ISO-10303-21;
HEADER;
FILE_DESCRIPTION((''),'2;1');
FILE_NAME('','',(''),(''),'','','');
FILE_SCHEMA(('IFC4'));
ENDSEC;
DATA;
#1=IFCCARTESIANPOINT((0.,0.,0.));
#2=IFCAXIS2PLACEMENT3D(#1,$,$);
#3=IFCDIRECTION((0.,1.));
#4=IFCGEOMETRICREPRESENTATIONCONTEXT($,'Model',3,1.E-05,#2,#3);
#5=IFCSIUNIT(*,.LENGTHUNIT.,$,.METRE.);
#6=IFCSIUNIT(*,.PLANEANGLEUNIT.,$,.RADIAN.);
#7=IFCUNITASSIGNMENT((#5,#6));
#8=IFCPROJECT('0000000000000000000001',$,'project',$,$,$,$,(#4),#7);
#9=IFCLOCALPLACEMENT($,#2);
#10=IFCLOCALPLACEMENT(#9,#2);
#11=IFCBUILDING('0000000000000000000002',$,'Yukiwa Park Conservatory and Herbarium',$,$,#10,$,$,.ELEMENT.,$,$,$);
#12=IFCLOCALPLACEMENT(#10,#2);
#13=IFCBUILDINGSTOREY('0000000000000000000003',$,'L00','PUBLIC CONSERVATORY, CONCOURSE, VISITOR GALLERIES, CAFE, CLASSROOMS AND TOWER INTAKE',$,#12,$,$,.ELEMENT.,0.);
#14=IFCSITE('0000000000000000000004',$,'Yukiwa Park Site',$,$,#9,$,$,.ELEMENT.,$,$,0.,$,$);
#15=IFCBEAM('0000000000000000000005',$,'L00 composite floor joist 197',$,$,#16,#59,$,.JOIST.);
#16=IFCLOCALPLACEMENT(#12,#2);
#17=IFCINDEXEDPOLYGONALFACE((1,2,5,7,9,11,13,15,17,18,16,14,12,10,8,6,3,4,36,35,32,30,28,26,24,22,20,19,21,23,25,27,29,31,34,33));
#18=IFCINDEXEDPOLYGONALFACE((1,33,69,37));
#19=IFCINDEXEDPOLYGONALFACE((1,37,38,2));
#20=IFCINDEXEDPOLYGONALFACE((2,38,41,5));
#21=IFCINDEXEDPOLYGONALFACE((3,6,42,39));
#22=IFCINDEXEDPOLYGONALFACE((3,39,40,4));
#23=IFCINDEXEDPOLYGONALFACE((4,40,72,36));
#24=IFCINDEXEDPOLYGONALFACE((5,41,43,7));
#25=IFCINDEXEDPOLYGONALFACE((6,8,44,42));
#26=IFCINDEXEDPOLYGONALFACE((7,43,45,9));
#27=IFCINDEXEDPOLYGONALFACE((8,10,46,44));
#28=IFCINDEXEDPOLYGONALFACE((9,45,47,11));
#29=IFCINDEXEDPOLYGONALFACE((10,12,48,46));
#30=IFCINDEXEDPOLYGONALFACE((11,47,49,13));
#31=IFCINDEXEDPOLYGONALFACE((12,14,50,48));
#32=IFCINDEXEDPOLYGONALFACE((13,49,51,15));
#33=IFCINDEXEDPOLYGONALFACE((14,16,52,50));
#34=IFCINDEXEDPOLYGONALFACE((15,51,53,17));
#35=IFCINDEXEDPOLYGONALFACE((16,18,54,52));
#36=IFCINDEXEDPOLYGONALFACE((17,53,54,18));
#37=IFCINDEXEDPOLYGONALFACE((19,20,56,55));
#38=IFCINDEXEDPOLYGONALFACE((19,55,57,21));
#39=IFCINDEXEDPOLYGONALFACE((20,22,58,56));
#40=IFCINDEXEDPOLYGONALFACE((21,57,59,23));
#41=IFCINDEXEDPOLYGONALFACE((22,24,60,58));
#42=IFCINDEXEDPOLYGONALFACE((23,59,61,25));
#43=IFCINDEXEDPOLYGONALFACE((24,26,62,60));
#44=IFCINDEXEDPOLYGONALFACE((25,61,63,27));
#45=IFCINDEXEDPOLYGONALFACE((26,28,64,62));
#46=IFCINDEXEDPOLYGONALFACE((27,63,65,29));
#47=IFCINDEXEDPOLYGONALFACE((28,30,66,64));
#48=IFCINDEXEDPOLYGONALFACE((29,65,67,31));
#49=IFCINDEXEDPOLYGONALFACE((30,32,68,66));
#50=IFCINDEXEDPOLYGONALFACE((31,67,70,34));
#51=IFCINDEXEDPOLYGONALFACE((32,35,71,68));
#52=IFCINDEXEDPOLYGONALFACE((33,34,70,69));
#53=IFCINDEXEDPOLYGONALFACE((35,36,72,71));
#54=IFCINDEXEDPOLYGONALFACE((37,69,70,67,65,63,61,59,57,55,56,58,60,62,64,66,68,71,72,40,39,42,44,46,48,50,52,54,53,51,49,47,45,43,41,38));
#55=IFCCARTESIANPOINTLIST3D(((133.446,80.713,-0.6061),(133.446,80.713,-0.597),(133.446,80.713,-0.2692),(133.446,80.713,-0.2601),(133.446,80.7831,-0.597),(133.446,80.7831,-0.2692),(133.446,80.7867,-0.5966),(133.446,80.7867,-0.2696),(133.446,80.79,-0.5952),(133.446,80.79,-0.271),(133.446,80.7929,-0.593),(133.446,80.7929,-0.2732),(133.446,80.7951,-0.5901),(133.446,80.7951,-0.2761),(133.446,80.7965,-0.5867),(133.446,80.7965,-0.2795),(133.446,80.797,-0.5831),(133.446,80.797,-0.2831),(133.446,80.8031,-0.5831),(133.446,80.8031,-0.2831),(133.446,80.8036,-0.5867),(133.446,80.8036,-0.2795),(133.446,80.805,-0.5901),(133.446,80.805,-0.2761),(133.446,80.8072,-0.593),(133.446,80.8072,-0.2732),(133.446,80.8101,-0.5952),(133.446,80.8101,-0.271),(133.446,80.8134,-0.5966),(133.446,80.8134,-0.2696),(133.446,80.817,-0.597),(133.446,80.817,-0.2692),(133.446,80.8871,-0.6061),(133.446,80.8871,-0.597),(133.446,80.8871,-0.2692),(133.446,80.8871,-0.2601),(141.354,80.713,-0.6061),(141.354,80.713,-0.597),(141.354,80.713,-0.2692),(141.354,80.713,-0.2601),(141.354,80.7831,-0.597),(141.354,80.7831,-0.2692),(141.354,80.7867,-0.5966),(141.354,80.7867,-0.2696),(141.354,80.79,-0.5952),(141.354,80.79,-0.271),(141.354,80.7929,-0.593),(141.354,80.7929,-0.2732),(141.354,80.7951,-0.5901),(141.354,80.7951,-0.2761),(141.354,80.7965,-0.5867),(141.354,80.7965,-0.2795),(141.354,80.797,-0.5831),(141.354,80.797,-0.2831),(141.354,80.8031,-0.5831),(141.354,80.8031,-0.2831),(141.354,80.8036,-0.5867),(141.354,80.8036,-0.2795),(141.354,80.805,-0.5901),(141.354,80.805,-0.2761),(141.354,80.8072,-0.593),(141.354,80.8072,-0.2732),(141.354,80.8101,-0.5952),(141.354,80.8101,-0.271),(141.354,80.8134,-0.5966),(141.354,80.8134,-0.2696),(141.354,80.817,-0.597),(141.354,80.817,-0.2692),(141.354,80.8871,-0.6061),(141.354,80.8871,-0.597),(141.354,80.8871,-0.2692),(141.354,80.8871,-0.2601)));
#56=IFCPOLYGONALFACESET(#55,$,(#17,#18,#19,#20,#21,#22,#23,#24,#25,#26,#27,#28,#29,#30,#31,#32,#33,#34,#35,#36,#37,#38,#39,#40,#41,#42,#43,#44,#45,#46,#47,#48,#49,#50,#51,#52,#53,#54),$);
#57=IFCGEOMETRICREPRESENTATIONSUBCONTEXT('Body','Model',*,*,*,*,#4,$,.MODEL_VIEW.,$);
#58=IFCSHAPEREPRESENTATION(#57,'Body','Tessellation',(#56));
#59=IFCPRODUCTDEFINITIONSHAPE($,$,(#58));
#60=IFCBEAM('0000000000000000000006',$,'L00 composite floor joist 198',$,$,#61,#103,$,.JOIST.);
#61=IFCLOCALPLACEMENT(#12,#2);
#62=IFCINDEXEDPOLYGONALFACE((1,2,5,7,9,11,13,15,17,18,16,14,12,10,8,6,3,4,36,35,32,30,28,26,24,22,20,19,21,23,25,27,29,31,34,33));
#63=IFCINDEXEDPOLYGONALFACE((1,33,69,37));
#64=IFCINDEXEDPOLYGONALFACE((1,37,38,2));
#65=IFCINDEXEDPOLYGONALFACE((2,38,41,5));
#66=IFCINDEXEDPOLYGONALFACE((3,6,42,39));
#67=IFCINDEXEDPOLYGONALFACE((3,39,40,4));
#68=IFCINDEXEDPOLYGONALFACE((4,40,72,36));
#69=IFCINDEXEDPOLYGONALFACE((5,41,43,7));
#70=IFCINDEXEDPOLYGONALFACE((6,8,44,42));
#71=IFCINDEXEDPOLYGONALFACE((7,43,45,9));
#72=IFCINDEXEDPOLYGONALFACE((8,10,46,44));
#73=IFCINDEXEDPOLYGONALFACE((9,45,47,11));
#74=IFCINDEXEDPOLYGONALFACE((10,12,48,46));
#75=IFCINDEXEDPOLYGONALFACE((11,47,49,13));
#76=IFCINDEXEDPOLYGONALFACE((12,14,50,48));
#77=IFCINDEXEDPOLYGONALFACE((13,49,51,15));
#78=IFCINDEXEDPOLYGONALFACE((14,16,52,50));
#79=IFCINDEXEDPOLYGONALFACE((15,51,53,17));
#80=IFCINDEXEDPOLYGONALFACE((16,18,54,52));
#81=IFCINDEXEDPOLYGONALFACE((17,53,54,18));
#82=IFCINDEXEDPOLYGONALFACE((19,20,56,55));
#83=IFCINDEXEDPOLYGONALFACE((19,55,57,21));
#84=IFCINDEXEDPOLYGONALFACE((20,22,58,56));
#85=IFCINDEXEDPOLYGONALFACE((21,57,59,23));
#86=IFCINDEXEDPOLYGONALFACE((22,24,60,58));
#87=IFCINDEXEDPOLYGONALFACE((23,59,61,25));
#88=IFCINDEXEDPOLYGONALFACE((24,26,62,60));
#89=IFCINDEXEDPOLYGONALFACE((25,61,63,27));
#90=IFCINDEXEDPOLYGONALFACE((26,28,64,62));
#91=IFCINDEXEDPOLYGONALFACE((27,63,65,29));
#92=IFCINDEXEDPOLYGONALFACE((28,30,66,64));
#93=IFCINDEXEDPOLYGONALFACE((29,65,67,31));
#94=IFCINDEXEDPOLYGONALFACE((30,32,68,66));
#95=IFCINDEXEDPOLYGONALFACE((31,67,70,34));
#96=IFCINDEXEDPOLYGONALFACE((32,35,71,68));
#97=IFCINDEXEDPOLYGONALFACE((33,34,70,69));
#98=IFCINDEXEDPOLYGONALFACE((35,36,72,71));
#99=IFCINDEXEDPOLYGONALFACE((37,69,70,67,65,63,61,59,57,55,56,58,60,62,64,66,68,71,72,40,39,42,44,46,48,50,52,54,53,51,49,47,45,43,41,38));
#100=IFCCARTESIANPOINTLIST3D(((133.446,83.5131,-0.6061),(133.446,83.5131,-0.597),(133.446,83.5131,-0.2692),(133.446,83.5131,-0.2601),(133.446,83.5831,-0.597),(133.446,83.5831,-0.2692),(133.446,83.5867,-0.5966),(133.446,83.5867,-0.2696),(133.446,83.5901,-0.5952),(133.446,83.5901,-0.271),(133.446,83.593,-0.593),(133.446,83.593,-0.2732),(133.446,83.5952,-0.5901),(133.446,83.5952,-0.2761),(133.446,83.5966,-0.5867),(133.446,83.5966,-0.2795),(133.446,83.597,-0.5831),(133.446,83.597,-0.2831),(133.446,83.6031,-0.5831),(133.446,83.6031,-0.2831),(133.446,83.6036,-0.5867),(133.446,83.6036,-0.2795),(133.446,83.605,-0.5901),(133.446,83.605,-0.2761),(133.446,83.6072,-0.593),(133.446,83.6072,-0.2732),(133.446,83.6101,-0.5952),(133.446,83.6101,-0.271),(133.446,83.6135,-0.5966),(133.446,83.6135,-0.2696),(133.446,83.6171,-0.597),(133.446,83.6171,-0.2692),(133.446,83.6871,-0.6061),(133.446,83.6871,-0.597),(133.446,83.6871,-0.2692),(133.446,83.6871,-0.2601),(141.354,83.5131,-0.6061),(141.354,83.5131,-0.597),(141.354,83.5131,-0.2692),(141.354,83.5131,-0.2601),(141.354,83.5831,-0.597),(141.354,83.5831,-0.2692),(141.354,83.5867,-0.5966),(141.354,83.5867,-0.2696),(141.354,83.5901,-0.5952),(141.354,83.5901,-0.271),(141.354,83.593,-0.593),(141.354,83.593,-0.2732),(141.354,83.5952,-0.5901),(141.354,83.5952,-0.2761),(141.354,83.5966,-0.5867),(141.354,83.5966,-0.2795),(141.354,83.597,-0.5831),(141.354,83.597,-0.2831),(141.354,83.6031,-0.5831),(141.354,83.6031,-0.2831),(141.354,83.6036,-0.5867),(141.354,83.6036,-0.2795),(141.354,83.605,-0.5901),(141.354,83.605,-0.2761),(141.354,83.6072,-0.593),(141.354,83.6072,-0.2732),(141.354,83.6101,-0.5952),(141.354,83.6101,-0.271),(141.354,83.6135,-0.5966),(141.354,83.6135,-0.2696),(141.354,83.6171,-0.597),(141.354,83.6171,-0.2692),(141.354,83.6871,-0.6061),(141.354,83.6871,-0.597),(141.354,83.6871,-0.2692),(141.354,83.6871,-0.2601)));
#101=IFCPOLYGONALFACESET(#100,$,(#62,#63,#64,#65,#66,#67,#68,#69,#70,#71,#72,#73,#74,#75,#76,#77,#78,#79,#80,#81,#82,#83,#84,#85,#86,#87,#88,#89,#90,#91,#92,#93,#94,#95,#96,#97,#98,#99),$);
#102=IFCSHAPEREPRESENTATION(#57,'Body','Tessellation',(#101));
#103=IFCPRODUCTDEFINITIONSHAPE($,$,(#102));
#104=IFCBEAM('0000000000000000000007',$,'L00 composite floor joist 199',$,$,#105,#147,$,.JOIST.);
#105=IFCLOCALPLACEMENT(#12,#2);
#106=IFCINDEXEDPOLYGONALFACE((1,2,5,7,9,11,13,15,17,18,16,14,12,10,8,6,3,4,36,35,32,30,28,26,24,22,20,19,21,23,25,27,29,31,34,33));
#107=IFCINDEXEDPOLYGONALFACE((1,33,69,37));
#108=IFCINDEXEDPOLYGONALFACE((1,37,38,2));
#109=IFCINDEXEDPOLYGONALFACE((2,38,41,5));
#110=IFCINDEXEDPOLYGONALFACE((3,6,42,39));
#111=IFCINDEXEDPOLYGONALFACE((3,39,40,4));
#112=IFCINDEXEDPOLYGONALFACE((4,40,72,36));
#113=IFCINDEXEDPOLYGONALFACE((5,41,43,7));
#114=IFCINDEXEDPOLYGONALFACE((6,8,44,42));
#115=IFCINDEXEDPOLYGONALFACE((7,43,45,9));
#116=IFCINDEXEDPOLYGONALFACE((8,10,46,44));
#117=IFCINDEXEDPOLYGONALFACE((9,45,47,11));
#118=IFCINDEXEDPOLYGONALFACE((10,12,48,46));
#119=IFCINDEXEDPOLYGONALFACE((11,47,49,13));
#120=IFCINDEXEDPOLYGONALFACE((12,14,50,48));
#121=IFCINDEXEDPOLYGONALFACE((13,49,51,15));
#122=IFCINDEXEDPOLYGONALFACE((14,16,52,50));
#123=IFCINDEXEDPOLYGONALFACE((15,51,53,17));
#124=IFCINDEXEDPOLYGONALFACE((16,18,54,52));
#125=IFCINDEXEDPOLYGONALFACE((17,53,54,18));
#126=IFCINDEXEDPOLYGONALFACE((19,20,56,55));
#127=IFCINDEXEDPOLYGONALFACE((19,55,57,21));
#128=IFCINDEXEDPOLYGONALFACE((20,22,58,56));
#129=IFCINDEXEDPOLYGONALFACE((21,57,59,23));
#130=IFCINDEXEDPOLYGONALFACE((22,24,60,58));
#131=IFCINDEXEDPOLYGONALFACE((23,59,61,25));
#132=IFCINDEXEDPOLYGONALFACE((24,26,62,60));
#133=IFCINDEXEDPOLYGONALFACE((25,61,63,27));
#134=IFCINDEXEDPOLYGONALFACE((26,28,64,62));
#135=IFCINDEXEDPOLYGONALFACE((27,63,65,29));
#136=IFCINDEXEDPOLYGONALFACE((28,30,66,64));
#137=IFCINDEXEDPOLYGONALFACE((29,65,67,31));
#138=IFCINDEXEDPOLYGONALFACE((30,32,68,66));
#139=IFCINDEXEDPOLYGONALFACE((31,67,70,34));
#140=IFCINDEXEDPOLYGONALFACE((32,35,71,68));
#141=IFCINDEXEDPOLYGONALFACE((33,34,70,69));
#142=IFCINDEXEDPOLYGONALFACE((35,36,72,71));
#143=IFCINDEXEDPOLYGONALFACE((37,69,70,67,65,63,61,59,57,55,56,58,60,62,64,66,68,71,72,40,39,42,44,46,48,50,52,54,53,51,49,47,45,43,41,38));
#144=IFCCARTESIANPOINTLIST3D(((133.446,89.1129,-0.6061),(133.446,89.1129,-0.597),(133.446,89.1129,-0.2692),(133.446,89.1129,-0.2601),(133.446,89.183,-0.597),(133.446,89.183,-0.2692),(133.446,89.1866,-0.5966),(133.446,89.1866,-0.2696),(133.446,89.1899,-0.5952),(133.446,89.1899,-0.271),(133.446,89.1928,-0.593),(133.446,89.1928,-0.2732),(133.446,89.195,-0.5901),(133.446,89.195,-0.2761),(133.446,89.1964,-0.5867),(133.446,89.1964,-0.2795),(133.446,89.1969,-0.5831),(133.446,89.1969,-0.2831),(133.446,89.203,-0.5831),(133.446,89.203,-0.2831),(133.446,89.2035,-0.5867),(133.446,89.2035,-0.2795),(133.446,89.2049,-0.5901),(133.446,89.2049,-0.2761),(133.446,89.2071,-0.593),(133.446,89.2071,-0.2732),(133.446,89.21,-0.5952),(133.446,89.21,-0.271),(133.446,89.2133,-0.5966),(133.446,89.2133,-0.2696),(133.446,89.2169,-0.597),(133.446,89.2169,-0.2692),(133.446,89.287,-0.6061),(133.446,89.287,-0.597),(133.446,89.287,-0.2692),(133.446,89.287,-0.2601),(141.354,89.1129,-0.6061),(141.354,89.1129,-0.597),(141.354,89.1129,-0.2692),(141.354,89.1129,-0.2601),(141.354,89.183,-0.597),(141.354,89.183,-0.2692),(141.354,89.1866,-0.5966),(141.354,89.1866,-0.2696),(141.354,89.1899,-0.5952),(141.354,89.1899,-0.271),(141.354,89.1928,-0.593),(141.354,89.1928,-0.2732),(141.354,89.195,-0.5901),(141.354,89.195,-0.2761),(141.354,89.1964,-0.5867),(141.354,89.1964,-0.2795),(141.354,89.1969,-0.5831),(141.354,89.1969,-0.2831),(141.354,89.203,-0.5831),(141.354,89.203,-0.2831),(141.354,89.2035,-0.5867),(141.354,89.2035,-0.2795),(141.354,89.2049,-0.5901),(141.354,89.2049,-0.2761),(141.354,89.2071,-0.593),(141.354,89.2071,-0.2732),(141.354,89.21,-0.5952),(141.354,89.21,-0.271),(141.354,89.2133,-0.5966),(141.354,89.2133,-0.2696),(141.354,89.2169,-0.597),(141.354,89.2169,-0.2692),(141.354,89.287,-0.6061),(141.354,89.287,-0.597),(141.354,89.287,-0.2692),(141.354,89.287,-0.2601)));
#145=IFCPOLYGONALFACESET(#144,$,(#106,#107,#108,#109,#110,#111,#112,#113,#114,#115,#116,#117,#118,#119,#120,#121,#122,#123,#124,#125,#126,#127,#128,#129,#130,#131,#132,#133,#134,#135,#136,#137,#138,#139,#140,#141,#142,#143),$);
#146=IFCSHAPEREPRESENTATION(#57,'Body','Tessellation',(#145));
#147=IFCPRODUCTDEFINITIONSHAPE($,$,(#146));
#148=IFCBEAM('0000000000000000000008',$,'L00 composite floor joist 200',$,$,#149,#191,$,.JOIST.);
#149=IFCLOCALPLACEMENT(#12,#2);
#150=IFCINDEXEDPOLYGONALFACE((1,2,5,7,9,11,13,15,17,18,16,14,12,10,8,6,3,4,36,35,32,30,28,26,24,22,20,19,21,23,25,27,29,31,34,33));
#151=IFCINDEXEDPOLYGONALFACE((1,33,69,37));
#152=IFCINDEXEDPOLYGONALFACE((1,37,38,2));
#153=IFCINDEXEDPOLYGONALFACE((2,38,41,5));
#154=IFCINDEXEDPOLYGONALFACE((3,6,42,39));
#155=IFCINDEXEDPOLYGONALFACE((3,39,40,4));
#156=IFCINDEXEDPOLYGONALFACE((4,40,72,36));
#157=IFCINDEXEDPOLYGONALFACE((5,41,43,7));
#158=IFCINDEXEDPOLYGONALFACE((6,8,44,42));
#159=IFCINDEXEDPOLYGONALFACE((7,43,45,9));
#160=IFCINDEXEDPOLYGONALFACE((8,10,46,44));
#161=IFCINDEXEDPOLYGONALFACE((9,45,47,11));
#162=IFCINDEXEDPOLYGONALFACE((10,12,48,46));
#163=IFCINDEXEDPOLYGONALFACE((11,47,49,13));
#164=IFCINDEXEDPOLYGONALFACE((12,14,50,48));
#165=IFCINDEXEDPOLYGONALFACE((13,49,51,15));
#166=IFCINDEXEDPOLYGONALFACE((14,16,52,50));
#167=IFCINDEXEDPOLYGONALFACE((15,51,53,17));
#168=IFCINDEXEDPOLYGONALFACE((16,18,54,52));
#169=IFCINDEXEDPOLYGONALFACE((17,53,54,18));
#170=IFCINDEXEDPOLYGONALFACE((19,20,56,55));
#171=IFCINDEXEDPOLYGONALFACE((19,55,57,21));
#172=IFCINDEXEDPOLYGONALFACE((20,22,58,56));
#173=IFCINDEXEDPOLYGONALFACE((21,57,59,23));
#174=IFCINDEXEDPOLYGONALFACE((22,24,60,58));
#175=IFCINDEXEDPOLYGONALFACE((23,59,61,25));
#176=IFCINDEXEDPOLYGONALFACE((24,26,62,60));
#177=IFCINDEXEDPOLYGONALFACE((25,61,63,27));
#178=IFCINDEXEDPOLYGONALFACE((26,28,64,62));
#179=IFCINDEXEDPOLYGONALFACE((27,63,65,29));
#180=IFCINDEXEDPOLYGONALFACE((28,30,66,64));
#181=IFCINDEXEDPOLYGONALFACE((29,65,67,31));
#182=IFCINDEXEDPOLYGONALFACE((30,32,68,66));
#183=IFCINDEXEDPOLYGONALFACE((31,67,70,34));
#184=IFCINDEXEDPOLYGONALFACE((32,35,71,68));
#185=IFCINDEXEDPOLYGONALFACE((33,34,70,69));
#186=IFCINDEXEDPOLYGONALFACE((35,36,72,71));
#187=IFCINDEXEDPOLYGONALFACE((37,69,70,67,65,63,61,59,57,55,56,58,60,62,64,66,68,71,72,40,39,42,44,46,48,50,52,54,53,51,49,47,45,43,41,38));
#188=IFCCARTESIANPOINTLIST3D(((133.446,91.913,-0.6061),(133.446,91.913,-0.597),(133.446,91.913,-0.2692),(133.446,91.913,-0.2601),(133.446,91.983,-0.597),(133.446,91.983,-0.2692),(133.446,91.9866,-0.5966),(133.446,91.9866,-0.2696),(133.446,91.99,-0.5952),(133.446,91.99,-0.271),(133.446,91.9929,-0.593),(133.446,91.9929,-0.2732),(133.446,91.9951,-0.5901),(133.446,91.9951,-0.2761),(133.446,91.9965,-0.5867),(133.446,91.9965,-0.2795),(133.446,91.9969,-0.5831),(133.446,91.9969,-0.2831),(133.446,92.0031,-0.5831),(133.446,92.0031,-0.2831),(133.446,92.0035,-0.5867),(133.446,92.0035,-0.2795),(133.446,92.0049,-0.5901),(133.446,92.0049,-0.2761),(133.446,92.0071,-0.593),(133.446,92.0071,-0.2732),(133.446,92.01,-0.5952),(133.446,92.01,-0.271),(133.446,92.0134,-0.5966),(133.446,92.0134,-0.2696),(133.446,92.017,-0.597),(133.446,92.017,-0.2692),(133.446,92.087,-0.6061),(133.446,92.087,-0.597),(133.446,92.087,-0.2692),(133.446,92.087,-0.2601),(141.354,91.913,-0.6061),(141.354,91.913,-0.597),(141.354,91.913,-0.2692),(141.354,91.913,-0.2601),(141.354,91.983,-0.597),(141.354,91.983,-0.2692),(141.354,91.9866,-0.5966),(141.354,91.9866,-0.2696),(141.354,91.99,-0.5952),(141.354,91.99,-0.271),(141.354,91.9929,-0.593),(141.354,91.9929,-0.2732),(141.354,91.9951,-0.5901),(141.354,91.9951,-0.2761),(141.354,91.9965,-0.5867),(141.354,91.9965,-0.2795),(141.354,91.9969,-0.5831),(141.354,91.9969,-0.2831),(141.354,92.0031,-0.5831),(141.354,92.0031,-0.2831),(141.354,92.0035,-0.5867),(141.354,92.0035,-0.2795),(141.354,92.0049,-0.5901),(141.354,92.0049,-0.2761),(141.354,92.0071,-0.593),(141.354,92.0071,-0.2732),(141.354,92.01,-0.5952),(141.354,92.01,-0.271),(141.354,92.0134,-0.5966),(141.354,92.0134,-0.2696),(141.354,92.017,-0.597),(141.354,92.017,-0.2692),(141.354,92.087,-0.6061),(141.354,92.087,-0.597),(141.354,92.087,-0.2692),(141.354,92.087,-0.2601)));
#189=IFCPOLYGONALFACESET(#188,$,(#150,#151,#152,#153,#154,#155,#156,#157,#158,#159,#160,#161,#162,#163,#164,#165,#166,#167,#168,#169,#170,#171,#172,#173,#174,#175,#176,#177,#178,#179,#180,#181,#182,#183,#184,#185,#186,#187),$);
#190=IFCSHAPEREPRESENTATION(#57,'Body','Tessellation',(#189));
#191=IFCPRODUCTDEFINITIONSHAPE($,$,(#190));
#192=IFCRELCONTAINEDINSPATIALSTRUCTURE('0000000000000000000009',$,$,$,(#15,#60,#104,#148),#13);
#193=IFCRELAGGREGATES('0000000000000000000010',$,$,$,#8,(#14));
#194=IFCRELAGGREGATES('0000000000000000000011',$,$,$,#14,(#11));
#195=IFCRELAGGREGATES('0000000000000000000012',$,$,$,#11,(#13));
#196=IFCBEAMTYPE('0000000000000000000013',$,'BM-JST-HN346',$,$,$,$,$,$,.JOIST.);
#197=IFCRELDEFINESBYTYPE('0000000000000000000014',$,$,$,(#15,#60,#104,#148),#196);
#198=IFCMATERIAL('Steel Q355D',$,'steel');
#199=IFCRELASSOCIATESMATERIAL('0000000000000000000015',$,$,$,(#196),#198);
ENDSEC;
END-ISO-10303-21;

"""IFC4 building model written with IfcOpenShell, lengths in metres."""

from ifc_helpers import new_model, si_unit, direction, frame, origin, origin_2d, place, context, subcontext, project, spatial, i_section, extrude, material, material_profile, profile_set, type_object, element, save


model = new_model("IFC4")

# Units and contexts
model_context = context("Model", 3, precision=1e-05, world=origin(), true_north=direction((0.0, 1.0)))
body_context = subcontext(model_context, "Body", "Model", "MODEL_VIEW")
ifc_project = project(units=[si_unit("LENGTHUNIT", "METRE"), si_unit("PLANEANGLEUNIT", "RADIAN")], contexts=[model_context])

# Site, building, storey
site_placement = place(None, origin())
site = spatial("IfcSite", under=ifc_project, at=site_placement, Name="Yukiwa Park Site", CompositionType="ELEMENT", RefElevation=0.0)
building_placement = place(site_placement, origin())
building = spatial("IfcBuilding", under=site, at=building_placement, Name="Yukiwa Park Conservatory and Herbarium", CompositionType="ELEMENT")
storey_placement = place(building_placement, origin())
storey = spatial("IfcBuildingStorey", under=building, at=storey_placement, Name="L00", Description="PUBLIC CONSERVATORY, CONCOURSE, VISITOR GALLERIES, CAFE, CLASSROOMS AND TOWER INTAKE", CompositionType="ELEMENT", Elevation=0.0)

# Beams
ifc_material_1 = material(Name="Steel Q355D", Category="steel")
ifc_material_profile_1 = material_profile(ifc_material_1, i_section(OverallWidth=0.1741, OverallDepth=0.3459, WebThickness=0.0061, FlangeThickness=0.009, FilletRadius=0.0139, at=origin_2d()), Name="HN 346x174x6x9")
ifc_profile_set_1 = profile_set([ifc_material_profile_1], Name="Steel Q355D")
beam_type_1 = type_object("IfcBeamType", Name="BM-JST-HN346", PredefinedType="JOIST", material=ifc_profile_set_1)
for number, where, z_axis, x_axis, name in (
    (1, (133.446, 80.8, -0.4331), (1.0, 0.0, 0.0), (0.0, 1.0, 0.0), "L00 composite floor joist 197"),
    (2, (133.446, 83.6001, -0.4331), (1.0, 0.0, 0.0), (0.0, 1.0, 0.0), "L00 composite floor joist 198"),
    (3, (133.446, 89.2, -0.4331), (1.0, 0.0, 0.0), (0.0, 1.0, 0.0), "L00 composite floor joist 199"),
    (4, (133.446, 92.0, -0.4331), (1.0, 0.0, 0.0), (0.0, 1.0, 0.0), "L00 composite floor joist 200"),
):
    element("IfcBeam", number, at=place(storey_placement, frame(where, z_axis=z_axis, x_axis=x_axis)), inside=storey, type_object=beam_type_1, Name=name, PredefinedType="JOIST", context=body_context, shape_type="SweptSolid", body=[
        extrude(i_section(OverallWidth=0.1741, OverallDepth=0.3459, WebThickness=0.0061, FlangeThickness=0.009, FilletRadius=0.0139, at=origin_2d()), origin(), (0.0, 0.0, 1.0), 7.908),
    ])

save(model, "model.ifc")
